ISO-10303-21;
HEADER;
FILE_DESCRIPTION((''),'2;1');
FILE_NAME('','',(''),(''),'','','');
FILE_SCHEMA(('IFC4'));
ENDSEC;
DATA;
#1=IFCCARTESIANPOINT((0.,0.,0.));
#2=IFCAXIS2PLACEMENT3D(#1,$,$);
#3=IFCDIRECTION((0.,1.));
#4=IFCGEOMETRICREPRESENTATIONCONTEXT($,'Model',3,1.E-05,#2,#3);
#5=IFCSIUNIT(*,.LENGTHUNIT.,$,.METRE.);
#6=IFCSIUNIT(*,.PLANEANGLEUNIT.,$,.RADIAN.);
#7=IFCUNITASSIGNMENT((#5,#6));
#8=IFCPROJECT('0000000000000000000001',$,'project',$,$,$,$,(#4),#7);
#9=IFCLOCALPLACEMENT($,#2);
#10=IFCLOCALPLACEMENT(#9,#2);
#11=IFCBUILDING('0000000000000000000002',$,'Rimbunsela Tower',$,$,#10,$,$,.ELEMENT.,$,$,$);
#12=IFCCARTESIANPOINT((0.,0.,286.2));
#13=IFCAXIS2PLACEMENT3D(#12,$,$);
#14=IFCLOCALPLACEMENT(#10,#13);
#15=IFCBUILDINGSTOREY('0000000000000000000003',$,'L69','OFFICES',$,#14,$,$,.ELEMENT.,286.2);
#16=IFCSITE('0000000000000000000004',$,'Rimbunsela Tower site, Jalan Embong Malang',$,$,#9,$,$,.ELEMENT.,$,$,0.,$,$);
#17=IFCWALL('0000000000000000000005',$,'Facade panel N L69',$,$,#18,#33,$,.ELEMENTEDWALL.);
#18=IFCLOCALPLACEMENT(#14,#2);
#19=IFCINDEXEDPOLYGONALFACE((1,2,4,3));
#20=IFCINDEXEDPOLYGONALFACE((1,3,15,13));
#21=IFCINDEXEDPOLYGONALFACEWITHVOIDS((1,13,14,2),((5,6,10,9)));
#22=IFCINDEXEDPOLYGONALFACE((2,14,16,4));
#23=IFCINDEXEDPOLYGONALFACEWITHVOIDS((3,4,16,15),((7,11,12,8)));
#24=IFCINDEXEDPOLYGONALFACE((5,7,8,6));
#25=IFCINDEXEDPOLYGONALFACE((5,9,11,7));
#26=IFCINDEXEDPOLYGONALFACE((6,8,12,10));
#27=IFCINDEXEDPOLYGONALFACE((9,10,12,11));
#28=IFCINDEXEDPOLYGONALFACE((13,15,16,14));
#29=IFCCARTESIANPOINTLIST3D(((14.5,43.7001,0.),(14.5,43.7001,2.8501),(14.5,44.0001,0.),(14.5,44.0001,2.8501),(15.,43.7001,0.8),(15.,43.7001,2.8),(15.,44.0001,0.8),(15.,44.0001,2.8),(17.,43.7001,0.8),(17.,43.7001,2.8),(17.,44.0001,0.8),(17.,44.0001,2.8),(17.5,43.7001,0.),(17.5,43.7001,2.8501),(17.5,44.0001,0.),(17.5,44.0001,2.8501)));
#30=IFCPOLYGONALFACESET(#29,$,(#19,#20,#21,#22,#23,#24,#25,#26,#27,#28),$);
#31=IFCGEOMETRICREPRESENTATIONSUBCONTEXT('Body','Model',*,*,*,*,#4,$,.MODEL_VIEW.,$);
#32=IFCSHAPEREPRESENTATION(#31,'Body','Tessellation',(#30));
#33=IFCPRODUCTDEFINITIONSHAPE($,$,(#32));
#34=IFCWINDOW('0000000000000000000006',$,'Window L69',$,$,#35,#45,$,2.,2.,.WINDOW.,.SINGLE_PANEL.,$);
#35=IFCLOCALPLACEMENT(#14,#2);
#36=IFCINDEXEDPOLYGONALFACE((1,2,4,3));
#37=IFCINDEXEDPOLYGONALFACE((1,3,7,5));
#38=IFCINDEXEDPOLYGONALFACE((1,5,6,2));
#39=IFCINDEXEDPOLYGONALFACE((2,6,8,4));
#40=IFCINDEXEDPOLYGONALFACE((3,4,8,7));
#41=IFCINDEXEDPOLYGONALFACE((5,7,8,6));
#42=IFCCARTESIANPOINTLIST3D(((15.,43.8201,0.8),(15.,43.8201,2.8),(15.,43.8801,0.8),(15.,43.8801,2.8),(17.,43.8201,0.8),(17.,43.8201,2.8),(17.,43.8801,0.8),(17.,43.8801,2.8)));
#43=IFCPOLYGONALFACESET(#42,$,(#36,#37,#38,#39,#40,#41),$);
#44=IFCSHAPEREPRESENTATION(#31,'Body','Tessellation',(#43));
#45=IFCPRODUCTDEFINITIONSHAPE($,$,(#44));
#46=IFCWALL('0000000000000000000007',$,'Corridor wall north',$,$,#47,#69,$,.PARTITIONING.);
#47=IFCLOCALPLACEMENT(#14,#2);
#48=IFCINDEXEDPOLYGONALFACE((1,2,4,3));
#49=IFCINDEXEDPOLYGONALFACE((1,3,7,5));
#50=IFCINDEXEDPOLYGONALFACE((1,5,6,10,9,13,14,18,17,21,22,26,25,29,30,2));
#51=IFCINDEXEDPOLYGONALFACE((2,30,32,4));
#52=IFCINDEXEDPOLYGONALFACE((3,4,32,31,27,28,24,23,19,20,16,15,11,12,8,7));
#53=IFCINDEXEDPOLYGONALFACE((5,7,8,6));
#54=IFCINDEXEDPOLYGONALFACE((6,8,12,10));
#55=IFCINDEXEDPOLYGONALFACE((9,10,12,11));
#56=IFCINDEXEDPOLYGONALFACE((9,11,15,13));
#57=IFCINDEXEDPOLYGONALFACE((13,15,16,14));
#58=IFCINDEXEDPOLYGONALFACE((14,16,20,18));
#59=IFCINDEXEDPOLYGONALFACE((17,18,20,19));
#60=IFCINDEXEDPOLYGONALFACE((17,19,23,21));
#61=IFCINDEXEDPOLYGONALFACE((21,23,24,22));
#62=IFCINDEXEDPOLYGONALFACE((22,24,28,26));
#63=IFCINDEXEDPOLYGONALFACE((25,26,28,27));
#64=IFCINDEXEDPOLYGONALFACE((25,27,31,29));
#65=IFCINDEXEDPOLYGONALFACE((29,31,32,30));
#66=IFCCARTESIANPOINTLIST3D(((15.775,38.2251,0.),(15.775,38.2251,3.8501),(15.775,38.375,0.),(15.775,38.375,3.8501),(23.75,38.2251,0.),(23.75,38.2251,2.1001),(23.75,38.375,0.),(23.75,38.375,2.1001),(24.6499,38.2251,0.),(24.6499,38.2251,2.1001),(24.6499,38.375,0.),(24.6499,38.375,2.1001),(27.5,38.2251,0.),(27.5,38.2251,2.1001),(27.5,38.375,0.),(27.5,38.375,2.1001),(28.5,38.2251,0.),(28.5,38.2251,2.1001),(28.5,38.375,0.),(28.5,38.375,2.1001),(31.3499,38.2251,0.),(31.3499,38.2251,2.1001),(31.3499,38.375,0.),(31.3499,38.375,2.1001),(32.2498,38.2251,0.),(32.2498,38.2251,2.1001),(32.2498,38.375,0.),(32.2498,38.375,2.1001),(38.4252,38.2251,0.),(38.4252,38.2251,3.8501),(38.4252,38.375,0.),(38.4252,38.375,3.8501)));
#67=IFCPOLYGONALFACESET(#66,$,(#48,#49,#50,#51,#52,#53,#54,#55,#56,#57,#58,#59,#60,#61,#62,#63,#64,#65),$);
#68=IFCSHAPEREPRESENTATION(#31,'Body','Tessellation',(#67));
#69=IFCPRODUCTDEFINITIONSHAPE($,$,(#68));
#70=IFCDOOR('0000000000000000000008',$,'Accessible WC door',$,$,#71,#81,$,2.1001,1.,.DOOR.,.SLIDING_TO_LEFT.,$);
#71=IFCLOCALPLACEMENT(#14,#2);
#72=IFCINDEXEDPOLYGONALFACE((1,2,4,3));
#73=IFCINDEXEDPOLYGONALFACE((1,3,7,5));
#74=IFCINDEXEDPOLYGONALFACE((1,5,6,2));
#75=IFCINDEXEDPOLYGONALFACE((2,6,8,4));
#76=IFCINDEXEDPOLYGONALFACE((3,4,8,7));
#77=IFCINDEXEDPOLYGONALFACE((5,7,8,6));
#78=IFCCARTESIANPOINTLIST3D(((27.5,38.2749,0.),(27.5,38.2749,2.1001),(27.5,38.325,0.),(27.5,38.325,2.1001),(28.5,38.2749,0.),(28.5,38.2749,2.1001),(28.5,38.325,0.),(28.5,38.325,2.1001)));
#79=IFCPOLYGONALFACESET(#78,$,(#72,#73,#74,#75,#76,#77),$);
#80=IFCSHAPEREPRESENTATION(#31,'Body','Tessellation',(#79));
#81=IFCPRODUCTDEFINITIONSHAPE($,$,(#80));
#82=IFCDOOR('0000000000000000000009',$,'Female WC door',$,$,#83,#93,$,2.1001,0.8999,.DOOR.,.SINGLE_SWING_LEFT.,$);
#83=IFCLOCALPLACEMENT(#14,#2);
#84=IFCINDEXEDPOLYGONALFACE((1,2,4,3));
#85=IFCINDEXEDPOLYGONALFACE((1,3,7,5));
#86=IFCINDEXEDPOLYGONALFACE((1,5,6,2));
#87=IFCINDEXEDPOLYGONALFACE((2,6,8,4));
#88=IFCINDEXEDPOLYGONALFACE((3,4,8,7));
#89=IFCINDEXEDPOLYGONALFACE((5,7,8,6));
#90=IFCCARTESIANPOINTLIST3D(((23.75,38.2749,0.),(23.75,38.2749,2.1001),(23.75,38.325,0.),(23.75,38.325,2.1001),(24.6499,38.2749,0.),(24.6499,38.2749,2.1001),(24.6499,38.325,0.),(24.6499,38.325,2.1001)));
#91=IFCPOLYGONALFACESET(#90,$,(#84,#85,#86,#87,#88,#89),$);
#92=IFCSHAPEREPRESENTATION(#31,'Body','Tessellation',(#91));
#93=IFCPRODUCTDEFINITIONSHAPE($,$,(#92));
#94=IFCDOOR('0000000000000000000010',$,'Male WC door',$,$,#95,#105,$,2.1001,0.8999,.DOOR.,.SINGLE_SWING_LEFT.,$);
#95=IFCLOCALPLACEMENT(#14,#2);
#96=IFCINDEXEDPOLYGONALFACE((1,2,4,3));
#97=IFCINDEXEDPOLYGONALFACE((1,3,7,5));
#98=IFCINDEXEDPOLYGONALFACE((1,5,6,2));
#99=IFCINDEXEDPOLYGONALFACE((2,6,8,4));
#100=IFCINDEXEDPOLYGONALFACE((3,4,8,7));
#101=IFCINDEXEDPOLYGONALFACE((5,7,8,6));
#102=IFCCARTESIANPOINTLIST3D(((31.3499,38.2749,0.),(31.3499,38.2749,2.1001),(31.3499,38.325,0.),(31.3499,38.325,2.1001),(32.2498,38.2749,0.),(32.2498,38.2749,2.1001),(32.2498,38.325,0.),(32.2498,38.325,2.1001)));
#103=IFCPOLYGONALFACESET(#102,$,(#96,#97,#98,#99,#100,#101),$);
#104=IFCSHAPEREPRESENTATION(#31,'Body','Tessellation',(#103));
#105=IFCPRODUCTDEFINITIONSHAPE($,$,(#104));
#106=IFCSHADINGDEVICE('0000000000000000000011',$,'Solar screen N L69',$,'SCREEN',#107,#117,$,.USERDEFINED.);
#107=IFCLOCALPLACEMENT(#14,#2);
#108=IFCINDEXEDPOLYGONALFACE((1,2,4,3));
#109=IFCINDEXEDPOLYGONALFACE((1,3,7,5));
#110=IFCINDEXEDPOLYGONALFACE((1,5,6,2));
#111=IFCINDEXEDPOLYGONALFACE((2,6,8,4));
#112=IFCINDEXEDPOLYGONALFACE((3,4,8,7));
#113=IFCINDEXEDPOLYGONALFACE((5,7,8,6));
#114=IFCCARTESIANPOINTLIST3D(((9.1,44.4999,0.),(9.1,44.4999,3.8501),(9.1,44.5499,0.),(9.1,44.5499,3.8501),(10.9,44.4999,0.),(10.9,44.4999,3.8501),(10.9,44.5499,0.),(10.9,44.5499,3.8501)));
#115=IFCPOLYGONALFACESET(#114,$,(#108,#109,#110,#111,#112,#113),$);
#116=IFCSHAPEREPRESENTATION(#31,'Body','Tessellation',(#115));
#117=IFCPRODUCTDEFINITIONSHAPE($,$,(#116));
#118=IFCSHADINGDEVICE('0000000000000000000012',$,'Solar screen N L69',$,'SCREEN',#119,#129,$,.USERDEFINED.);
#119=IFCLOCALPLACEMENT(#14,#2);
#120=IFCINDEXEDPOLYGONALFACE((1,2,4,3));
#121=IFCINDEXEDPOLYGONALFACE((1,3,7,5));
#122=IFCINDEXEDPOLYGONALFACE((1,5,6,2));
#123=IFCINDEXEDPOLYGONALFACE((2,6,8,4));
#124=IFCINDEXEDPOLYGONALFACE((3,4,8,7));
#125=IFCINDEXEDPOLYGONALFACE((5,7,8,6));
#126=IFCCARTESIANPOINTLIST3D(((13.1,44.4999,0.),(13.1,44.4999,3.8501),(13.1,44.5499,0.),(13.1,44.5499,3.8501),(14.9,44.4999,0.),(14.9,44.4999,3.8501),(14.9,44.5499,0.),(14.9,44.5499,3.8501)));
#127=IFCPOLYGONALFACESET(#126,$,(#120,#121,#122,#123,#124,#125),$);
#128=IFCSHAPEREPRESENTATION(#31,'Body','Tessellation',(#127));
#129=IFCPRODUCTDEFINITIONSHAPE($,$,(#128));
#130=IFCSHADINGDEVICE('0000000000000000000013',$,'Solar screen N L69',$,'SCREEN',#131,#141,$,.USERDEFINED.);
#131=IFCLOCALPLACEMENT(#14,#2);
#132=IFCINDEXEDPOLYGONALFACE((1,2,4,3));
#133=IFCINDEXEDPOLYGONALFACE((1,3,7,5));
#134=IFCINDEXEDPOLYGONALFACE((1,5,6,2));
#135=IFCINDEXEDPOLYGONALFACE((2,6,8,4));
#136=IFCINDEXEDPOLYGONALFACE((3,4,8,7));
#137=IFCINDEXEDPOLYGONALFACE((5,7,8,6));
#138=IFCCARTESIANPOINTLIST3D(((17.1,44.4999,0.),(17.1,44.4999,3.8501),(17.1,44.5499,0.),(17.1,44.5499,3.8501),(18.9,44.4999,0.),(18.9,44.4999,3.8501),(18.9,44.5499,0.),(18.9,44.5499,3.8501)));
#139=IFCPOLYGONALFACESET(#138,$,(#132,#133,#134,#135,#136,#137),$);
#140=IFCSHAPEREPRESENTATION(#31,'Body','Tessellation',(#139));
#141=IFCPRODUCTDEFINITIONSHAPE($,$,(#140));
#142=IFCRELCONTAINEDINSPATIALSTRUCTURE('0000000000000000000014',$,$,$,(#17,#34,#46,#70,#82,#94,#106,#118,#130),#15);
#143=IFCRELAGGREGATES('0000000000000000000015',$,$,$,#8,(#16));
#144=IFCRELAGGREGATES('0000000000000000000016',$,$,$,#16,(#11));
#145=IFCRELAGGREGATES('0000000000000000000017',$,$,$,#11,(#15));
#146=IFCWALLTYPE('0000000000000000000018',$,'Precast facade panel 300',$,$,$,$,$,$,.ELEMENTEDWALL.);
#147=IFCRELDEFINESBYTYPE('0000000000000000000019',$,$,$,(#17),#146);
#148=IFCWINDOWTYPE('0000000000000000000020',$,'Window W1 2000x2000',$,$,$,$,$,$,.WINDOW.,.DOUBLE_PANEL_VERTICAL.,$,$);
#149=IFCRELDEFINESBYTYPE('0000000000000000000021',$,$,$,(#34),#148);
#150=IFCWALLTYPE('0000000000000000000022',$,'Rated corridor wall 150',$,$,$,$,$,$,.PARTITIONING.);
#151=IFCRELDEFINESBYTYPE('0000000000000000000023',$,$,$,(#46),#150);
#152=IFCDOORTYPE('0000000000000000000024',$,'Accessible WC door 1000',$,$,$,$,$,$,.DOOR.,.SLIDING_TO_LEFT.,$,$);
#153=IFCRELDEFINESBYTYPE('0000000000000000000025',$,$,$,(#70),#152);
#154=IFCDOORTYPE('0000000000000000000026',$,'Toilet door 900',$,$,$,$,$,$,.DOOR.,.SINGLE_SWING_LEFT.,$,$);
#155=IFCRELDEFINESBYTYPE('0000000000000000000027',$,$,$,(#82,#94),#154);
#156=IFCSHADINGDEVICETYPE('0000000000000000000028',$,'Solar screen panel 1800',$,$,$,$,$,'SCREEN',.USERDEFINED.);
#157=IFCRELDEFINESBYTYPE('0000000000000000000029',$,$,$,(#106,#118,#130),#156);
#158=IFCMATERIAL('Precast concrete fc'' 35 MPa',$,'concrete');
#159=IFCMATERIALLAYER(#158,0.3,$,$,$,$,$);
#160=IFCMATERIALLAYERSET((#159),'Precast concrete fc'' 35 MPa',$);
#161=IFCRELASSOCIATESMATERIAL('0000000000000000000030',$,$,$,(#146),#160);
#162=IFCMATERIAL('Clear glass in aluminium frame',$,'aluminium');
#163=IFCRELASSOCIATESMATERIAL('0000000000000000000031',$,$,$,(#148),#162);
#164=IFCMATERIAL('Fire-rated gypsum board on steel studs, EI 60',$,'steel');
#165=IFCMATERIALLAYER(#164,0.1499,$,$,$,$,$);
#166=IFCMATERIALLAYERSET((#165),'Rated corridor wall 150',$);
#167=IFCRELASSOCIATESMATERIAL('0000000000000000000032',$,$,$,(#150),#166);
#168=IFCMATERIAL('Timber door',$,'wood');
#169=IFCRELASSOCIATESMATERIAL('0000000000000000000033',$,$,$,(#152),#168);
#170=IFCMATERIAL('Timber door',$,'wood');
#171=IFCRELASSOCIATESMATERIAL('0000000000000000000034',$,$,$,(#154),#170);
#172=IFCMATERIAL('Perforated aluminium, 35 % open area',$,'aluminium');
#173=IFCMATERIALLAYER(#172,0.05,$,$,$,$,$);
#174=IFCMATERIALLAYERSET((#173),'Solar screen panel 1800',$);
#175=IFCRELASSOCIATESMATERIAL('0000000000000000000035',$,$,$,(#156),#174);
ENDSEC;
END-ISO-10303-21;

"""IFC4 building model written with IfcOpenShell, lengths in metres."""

from ifc_helpers import new_model, si_unit, direction, frame, frame_2d, origin, origin_2d, place, context, subcontext, project, spatial, rectangle, extrude, material, layer, layer_set, type_object, element, fill, save


model = new_model("IFC4")

# Units and contexts
model_context = context("Model", 3, precision=1e-05, world=origin(), true_north=direction((0.0, 1.0)))
body_context = subcontext(model_context, "Body", "Model", "MODEL_VIEW")
ifc_project = project(units=[si_unit("LENGTHUNIT", "METRE"), si_unit("PLANEANGLEUNIT", "RADIAN")], contexts=[model_context])

# Site, building, storey
site_placement = place(None, origin())
site = spatial("IfcSite", under=ifc_project, at=site_placement, Name="Rimbunsela Tower site, Jalan Embong Malang", CompositionType="ELEMENT", RefElevation=0.0)
building_placement = place(site_placement, origin())
building = spatial("IfcBuilding", under=site, at=building_placement, Name="Rimbunsela Tower", CompositionType="ELEMENT")
storey_placement = place(building_placement, frame((0.0, 0.0, 286.2)))
storey = spatial("IfcBuildingStorey", under=building, at=storey_placement, Name="L69", Description="OFFICES", CompositionType="ELEMENT", Elevation=286.2)

# Wall, opening, window
ifc_material_1 = material(Name="Precast concrete fc' 35 MPa", Category="concrete")
ifc_layer_1 = layer(ifc_material_1, 0.3)
ifc_layer_set_1 = layer_set([ifc_layer_1], Name="Precast concrete fc' 35 MPa")
wall_type_1 = type_object("IfcWallType", Name="Precast facade panel 300", PredefinedType="ELEMENTEDWALL", material=ifc_layer_set_1)
ifc_material_2 = material(Name="Clear glass in aluminium frame", Category="aluminium")
window_type = type_object("IfcWindowType", Name="Window W1 2000x2000", PartitioningType="DOUBLE_PANEL_VERTICAL", PredefinedType="WINDOW", material=ifc_material_2)
wall_1_placement = place(storey_placement, frame((17.5, 43.8501, 0.0), z_axis=(0.0, 0.0, 1.0), x_axis=(-1.0, 0.0, 0.0)))
wall_1 = element("IfcWall", 1, at=wall_1_placement, inside=storey, type_object=wall_type_1, Name="Facade panel N L69", PredefinedType="ELEMENTEDWALL", context=body_context, shape_type="SweptSolid", body=[
    extrude(rectangle(XDim=3.0, YDim=0.3, at=frame_2d((1.5, 0.0))), origin(), (0.0, 0.0, 1.0), 2.8501),
])
opening_1_placement = place(wall_1_placement, frame((0.5, 0.0, 0.8)))
opening_1 = element("IfcOpeningElement", 2, at=opening_1_placement, cuts=wall_1, PredefinedType="OPENING", context=body_context, shape_type="SweptSolid", body=[
    extrude(rectangle(XDim=2.0, YDim=2.0, at=frame_2d((1.0, 1.0))), frame((0.0, 0.1599, 0.0), z_axis=(0.0, -1.0, 0.0), x_axis=(1.0, 0.0, 0.0)), (0.0, 0.0, 1.0), 0.3201),
])
window_1_placement = place(opening_1_placement, origin())
window_1 = element("IfcWindow", 3, at=window_1_placement, inside=storey, type_object=window_type, Name="Window L69", OverallHeight=2.0, OverallWidth=2.0, PartitioningType="SINGLE_PANEL", PredefinedType="WINDOW", context=body_context, shape_type="SweptSolid", body=[
    extrude(rectangle(XDim=2.0, YDim=2.0, at=frame_2d((1.0, 1.0))), frame((0.0, 0.03, 0.0), z_axis=(0.0, -1.0, 0.0), x_axis=(1.0, 0.0, 0.0)), (0.0, 0.0, 1.0), 0.0601),
])
fill(opening_1, window_1)

# Wall, openings, doors
ifc_material_3 = material(Name="Fire-rated gypsum board on steel studs, EI 60", Category="steel")
ifc_layer_2 = layer(ifc_material_3, 0.1499)
ifc_layer_set_2 = layer_set([ifc_layer_2], Name="Rated corridor wall 150")
wall_type_2 = type_object("IfcWallType", Name="Rated corridor wall 150", PredefinedType="PARTITIONING", material=ifc_layer_set_2)
wall_2_placement = place(storey_placement, frame((15.7749, 38.3, 0.0), z_axis=(0.0, 0.0, 1.0), x_axis=(1.0, 0.0, 0.0)))
wall_2 = element("IfcWall", 4, at=wall_2_placement, inside=storey, type_object=wall_type_2, Name="Corridor wall north", PredefinedType="PARTITIONING", context=body_context, shape_type="SweptSolid", body=[
    extrude(rectangle(XDim=22.6501, YDim=0.1499, at=frame_2d((11.3252, 0.0))), origin(), (0.0, 0.0, 1.0), 3.8501),
])
opening_2_placement = place(wall_2_placement, frame((7.9751, 0.0, 0.0)))
opening_2 = element("IfcOpeningElement", 5, at=opening_2_placement, cuts=wall_2, PredefinedType="OPENING", context=body_context, shape_type="SweptSolid", body=[
    extrude(rectangle(XDim=0.8999, YDim=2.1001, at=frame_2d((0.45, 1.05))), frame((0.0, 0.085, 0.0), z_axis=(0.0, -1.0, 0.0), x_axis=(1.0, 0.0, 0.0)), (0.0, 0.0, 1.0), 0.1699),
])
opening_3_placement = place(wall_2_placement, frame((11.7251, 0.0, 0.0)))
opening_3 = element("IfcOpeningElement", 6, at=opening_3_placement, cuts=wall_2, PredefinedType="OPENING", context=body_context, shape_type="SweptSolid", body=[
    extrude(rectangle(XDim=1.0, YDim=2.1001, at=frame_2d((0.5, 1.05))), frame((0.0, 0.085, 0.0), z_axis=(0.0, -1.0, 0.0), x_axis=(1.0, 0.0, 0.0)), (0.0, 0.0, 1.0), 0.1699),
])
opening_4_placement = place(wall_2_placement, frame((15.575, 0.0, 0.0)))
opening_4 = element("IfcOpeningElement", 7, at=opening_4_placement, cuts=wall_2, PredefinedType="OPENING", context=body_context, shape_type="SweptSolid", body=[
    extrude(rectangle(XDim=0.8999, YDim=2.1001, at=frame_2d((0.45, 1.05))), frame((0.0, 0.085, 0.0), z_axis=(0.0, -1.0, 0.0), x_axis=(1.0, 0.0, 0.0)), (0.0, 0.0, 1.0), 0.1699),
])
ifc_material_4 = material(Name="Timber door", Category="wood")
door_type_1 = type_object("IfcDoorType", Name="Accessible WC door 1000", OperationType="SLIDING_TO_LEFT", PredefinedType="DOOR", material=ifc_material_4)
door_1_placement = place(opening_3_placement, origin())
door_1 = element("IfcDoor", 8, at=door_1_placement, inside=storey, type_object=door_type_1, Name="Accessible WC door", OperationType="SLIDING_TO_LEFT", OverallHeight=2.1001, OverallWidth=1.0, PredefinedType="DOOR", context=body_context, shape_type="SweptSolid", body=[
    extrude(rectangle(XDim=1.0, YDim=2.1001, at=frame_2d((0.5, 1.05))), frame((0.0, 0.0249, 0.0), z_axis=(0.0, -1.0, 0.0), x_axis=(1.0, 0.0, 0.0)), (0.0, 0.0, 1.0), 0.05),
])
fill(opening_3, door_1)
ifc_material_5 = material(Name="Timber door", Category="wood")
door_type_2 = type_object("IfcDoorType", Name="Toilet door 900", OperationType="SINGLE_SWING_LEFT", PredefinedType="DOOR", material=ifc_material_5)
door_2_placement = place(opening_2_placement, origin())
door_2 = element("IfcDoor", 9, at=door_2_placement, inside=storey, type_object=door_type_2, Name="Female WC door", OperationType="SINGLE_SWING_LEFT", OverallHeight=2.1001, OverallWidth=0.8999, PredefinedType="DOOR", context=body_context, shape_type="SweptSolid", body=[
    extrude(rectangle(XDim=0.8999, YDim=2.1001, at=frame_2d((0.45, 1.05))), frame((0.0, 0.0249, 0.0), z_axis=(0.0, -1.0, 0.0), x_axis=(1.0, 0.0, 0.0)), (0.0, 0.0, 1.0), 0.05),
])
fill(opening_2, door_2)
door_3_placement = place(opening_4_placement, origin())
door_3 = element("IfcDoor", 10, at=door_3_placement, inside=storey, type_object=door_type_2, Name="Male WC door", OperationType="SINGLE_SWING_LEFT", OverallHeight=2.1001, OverallWidth=0.8999, PredefinedType="DOOR", context=body_context, shape_type="SweptSolid", body=[
    extrude(rectangle(XDim=0.8999, YDim=2.1001, at=frame_2d((0.45, 1.05))), frame((0.0, 0.0249, 0.0), z_axis=(0.0, -1.0, 0.0), x_axis=(1.0, 0.0, 0.0)), (0.0, 0.0, 1.0), 0.05),
])
fill(opening_4, door_3)

# Shading devices
ifc_material_6 = material(Name="Perforated aluminium, 35 % open area", Category="aluminium")
ifc_layer_3 = layer(ifc_material_6, 0.05)
ifc_layer_set_3 = layer_set([ifc_layer_3], Name="Solar screen panel 1800")
shading_device_type = type_object("IfcShadingDeviceType", Name="Solar screen panel 1800", ElementType="SCREEN", PredefinedType="USERDEFINED", material=ifc_layer_set_3)
for number, where, z_axis, x_axis, name in (
    (11, (10.0, 44.5249, 0.0), (0.0, 0.0, 1.0), (1.0, 0.0, 0.0), "Solar screen N L69"),
    (12, (14.0, 44.5249, 0.0), (0.0, 0.0, 1.0), (1.0, 0.0, 0.0), "Solar screen N L69"),
    (13, (18.0, 44.5249, 0.0), (0.0, 0.0, 1.0), (1.0, 0.0, 0.0), "Solar screen N L69"),
):
    element("IfcShadingDevice", number, at=place(storey_placement, frame(where, z_axis=z_axis, x_axis=x_axis)), inside=storey, type_object=shading_device_type, Name=name, ObjectType="SCREEN", PredefinedType="USERDEFINED", context=body_context, shape_type="SweptSolid", body=[
        extrude(rectangle(XDim=1.8, YDim=0.05, at=origin_2d()), origin(), (0.0, 0.0, 1.0), 3.8501),
    ])

save(model, "model.ifc")
